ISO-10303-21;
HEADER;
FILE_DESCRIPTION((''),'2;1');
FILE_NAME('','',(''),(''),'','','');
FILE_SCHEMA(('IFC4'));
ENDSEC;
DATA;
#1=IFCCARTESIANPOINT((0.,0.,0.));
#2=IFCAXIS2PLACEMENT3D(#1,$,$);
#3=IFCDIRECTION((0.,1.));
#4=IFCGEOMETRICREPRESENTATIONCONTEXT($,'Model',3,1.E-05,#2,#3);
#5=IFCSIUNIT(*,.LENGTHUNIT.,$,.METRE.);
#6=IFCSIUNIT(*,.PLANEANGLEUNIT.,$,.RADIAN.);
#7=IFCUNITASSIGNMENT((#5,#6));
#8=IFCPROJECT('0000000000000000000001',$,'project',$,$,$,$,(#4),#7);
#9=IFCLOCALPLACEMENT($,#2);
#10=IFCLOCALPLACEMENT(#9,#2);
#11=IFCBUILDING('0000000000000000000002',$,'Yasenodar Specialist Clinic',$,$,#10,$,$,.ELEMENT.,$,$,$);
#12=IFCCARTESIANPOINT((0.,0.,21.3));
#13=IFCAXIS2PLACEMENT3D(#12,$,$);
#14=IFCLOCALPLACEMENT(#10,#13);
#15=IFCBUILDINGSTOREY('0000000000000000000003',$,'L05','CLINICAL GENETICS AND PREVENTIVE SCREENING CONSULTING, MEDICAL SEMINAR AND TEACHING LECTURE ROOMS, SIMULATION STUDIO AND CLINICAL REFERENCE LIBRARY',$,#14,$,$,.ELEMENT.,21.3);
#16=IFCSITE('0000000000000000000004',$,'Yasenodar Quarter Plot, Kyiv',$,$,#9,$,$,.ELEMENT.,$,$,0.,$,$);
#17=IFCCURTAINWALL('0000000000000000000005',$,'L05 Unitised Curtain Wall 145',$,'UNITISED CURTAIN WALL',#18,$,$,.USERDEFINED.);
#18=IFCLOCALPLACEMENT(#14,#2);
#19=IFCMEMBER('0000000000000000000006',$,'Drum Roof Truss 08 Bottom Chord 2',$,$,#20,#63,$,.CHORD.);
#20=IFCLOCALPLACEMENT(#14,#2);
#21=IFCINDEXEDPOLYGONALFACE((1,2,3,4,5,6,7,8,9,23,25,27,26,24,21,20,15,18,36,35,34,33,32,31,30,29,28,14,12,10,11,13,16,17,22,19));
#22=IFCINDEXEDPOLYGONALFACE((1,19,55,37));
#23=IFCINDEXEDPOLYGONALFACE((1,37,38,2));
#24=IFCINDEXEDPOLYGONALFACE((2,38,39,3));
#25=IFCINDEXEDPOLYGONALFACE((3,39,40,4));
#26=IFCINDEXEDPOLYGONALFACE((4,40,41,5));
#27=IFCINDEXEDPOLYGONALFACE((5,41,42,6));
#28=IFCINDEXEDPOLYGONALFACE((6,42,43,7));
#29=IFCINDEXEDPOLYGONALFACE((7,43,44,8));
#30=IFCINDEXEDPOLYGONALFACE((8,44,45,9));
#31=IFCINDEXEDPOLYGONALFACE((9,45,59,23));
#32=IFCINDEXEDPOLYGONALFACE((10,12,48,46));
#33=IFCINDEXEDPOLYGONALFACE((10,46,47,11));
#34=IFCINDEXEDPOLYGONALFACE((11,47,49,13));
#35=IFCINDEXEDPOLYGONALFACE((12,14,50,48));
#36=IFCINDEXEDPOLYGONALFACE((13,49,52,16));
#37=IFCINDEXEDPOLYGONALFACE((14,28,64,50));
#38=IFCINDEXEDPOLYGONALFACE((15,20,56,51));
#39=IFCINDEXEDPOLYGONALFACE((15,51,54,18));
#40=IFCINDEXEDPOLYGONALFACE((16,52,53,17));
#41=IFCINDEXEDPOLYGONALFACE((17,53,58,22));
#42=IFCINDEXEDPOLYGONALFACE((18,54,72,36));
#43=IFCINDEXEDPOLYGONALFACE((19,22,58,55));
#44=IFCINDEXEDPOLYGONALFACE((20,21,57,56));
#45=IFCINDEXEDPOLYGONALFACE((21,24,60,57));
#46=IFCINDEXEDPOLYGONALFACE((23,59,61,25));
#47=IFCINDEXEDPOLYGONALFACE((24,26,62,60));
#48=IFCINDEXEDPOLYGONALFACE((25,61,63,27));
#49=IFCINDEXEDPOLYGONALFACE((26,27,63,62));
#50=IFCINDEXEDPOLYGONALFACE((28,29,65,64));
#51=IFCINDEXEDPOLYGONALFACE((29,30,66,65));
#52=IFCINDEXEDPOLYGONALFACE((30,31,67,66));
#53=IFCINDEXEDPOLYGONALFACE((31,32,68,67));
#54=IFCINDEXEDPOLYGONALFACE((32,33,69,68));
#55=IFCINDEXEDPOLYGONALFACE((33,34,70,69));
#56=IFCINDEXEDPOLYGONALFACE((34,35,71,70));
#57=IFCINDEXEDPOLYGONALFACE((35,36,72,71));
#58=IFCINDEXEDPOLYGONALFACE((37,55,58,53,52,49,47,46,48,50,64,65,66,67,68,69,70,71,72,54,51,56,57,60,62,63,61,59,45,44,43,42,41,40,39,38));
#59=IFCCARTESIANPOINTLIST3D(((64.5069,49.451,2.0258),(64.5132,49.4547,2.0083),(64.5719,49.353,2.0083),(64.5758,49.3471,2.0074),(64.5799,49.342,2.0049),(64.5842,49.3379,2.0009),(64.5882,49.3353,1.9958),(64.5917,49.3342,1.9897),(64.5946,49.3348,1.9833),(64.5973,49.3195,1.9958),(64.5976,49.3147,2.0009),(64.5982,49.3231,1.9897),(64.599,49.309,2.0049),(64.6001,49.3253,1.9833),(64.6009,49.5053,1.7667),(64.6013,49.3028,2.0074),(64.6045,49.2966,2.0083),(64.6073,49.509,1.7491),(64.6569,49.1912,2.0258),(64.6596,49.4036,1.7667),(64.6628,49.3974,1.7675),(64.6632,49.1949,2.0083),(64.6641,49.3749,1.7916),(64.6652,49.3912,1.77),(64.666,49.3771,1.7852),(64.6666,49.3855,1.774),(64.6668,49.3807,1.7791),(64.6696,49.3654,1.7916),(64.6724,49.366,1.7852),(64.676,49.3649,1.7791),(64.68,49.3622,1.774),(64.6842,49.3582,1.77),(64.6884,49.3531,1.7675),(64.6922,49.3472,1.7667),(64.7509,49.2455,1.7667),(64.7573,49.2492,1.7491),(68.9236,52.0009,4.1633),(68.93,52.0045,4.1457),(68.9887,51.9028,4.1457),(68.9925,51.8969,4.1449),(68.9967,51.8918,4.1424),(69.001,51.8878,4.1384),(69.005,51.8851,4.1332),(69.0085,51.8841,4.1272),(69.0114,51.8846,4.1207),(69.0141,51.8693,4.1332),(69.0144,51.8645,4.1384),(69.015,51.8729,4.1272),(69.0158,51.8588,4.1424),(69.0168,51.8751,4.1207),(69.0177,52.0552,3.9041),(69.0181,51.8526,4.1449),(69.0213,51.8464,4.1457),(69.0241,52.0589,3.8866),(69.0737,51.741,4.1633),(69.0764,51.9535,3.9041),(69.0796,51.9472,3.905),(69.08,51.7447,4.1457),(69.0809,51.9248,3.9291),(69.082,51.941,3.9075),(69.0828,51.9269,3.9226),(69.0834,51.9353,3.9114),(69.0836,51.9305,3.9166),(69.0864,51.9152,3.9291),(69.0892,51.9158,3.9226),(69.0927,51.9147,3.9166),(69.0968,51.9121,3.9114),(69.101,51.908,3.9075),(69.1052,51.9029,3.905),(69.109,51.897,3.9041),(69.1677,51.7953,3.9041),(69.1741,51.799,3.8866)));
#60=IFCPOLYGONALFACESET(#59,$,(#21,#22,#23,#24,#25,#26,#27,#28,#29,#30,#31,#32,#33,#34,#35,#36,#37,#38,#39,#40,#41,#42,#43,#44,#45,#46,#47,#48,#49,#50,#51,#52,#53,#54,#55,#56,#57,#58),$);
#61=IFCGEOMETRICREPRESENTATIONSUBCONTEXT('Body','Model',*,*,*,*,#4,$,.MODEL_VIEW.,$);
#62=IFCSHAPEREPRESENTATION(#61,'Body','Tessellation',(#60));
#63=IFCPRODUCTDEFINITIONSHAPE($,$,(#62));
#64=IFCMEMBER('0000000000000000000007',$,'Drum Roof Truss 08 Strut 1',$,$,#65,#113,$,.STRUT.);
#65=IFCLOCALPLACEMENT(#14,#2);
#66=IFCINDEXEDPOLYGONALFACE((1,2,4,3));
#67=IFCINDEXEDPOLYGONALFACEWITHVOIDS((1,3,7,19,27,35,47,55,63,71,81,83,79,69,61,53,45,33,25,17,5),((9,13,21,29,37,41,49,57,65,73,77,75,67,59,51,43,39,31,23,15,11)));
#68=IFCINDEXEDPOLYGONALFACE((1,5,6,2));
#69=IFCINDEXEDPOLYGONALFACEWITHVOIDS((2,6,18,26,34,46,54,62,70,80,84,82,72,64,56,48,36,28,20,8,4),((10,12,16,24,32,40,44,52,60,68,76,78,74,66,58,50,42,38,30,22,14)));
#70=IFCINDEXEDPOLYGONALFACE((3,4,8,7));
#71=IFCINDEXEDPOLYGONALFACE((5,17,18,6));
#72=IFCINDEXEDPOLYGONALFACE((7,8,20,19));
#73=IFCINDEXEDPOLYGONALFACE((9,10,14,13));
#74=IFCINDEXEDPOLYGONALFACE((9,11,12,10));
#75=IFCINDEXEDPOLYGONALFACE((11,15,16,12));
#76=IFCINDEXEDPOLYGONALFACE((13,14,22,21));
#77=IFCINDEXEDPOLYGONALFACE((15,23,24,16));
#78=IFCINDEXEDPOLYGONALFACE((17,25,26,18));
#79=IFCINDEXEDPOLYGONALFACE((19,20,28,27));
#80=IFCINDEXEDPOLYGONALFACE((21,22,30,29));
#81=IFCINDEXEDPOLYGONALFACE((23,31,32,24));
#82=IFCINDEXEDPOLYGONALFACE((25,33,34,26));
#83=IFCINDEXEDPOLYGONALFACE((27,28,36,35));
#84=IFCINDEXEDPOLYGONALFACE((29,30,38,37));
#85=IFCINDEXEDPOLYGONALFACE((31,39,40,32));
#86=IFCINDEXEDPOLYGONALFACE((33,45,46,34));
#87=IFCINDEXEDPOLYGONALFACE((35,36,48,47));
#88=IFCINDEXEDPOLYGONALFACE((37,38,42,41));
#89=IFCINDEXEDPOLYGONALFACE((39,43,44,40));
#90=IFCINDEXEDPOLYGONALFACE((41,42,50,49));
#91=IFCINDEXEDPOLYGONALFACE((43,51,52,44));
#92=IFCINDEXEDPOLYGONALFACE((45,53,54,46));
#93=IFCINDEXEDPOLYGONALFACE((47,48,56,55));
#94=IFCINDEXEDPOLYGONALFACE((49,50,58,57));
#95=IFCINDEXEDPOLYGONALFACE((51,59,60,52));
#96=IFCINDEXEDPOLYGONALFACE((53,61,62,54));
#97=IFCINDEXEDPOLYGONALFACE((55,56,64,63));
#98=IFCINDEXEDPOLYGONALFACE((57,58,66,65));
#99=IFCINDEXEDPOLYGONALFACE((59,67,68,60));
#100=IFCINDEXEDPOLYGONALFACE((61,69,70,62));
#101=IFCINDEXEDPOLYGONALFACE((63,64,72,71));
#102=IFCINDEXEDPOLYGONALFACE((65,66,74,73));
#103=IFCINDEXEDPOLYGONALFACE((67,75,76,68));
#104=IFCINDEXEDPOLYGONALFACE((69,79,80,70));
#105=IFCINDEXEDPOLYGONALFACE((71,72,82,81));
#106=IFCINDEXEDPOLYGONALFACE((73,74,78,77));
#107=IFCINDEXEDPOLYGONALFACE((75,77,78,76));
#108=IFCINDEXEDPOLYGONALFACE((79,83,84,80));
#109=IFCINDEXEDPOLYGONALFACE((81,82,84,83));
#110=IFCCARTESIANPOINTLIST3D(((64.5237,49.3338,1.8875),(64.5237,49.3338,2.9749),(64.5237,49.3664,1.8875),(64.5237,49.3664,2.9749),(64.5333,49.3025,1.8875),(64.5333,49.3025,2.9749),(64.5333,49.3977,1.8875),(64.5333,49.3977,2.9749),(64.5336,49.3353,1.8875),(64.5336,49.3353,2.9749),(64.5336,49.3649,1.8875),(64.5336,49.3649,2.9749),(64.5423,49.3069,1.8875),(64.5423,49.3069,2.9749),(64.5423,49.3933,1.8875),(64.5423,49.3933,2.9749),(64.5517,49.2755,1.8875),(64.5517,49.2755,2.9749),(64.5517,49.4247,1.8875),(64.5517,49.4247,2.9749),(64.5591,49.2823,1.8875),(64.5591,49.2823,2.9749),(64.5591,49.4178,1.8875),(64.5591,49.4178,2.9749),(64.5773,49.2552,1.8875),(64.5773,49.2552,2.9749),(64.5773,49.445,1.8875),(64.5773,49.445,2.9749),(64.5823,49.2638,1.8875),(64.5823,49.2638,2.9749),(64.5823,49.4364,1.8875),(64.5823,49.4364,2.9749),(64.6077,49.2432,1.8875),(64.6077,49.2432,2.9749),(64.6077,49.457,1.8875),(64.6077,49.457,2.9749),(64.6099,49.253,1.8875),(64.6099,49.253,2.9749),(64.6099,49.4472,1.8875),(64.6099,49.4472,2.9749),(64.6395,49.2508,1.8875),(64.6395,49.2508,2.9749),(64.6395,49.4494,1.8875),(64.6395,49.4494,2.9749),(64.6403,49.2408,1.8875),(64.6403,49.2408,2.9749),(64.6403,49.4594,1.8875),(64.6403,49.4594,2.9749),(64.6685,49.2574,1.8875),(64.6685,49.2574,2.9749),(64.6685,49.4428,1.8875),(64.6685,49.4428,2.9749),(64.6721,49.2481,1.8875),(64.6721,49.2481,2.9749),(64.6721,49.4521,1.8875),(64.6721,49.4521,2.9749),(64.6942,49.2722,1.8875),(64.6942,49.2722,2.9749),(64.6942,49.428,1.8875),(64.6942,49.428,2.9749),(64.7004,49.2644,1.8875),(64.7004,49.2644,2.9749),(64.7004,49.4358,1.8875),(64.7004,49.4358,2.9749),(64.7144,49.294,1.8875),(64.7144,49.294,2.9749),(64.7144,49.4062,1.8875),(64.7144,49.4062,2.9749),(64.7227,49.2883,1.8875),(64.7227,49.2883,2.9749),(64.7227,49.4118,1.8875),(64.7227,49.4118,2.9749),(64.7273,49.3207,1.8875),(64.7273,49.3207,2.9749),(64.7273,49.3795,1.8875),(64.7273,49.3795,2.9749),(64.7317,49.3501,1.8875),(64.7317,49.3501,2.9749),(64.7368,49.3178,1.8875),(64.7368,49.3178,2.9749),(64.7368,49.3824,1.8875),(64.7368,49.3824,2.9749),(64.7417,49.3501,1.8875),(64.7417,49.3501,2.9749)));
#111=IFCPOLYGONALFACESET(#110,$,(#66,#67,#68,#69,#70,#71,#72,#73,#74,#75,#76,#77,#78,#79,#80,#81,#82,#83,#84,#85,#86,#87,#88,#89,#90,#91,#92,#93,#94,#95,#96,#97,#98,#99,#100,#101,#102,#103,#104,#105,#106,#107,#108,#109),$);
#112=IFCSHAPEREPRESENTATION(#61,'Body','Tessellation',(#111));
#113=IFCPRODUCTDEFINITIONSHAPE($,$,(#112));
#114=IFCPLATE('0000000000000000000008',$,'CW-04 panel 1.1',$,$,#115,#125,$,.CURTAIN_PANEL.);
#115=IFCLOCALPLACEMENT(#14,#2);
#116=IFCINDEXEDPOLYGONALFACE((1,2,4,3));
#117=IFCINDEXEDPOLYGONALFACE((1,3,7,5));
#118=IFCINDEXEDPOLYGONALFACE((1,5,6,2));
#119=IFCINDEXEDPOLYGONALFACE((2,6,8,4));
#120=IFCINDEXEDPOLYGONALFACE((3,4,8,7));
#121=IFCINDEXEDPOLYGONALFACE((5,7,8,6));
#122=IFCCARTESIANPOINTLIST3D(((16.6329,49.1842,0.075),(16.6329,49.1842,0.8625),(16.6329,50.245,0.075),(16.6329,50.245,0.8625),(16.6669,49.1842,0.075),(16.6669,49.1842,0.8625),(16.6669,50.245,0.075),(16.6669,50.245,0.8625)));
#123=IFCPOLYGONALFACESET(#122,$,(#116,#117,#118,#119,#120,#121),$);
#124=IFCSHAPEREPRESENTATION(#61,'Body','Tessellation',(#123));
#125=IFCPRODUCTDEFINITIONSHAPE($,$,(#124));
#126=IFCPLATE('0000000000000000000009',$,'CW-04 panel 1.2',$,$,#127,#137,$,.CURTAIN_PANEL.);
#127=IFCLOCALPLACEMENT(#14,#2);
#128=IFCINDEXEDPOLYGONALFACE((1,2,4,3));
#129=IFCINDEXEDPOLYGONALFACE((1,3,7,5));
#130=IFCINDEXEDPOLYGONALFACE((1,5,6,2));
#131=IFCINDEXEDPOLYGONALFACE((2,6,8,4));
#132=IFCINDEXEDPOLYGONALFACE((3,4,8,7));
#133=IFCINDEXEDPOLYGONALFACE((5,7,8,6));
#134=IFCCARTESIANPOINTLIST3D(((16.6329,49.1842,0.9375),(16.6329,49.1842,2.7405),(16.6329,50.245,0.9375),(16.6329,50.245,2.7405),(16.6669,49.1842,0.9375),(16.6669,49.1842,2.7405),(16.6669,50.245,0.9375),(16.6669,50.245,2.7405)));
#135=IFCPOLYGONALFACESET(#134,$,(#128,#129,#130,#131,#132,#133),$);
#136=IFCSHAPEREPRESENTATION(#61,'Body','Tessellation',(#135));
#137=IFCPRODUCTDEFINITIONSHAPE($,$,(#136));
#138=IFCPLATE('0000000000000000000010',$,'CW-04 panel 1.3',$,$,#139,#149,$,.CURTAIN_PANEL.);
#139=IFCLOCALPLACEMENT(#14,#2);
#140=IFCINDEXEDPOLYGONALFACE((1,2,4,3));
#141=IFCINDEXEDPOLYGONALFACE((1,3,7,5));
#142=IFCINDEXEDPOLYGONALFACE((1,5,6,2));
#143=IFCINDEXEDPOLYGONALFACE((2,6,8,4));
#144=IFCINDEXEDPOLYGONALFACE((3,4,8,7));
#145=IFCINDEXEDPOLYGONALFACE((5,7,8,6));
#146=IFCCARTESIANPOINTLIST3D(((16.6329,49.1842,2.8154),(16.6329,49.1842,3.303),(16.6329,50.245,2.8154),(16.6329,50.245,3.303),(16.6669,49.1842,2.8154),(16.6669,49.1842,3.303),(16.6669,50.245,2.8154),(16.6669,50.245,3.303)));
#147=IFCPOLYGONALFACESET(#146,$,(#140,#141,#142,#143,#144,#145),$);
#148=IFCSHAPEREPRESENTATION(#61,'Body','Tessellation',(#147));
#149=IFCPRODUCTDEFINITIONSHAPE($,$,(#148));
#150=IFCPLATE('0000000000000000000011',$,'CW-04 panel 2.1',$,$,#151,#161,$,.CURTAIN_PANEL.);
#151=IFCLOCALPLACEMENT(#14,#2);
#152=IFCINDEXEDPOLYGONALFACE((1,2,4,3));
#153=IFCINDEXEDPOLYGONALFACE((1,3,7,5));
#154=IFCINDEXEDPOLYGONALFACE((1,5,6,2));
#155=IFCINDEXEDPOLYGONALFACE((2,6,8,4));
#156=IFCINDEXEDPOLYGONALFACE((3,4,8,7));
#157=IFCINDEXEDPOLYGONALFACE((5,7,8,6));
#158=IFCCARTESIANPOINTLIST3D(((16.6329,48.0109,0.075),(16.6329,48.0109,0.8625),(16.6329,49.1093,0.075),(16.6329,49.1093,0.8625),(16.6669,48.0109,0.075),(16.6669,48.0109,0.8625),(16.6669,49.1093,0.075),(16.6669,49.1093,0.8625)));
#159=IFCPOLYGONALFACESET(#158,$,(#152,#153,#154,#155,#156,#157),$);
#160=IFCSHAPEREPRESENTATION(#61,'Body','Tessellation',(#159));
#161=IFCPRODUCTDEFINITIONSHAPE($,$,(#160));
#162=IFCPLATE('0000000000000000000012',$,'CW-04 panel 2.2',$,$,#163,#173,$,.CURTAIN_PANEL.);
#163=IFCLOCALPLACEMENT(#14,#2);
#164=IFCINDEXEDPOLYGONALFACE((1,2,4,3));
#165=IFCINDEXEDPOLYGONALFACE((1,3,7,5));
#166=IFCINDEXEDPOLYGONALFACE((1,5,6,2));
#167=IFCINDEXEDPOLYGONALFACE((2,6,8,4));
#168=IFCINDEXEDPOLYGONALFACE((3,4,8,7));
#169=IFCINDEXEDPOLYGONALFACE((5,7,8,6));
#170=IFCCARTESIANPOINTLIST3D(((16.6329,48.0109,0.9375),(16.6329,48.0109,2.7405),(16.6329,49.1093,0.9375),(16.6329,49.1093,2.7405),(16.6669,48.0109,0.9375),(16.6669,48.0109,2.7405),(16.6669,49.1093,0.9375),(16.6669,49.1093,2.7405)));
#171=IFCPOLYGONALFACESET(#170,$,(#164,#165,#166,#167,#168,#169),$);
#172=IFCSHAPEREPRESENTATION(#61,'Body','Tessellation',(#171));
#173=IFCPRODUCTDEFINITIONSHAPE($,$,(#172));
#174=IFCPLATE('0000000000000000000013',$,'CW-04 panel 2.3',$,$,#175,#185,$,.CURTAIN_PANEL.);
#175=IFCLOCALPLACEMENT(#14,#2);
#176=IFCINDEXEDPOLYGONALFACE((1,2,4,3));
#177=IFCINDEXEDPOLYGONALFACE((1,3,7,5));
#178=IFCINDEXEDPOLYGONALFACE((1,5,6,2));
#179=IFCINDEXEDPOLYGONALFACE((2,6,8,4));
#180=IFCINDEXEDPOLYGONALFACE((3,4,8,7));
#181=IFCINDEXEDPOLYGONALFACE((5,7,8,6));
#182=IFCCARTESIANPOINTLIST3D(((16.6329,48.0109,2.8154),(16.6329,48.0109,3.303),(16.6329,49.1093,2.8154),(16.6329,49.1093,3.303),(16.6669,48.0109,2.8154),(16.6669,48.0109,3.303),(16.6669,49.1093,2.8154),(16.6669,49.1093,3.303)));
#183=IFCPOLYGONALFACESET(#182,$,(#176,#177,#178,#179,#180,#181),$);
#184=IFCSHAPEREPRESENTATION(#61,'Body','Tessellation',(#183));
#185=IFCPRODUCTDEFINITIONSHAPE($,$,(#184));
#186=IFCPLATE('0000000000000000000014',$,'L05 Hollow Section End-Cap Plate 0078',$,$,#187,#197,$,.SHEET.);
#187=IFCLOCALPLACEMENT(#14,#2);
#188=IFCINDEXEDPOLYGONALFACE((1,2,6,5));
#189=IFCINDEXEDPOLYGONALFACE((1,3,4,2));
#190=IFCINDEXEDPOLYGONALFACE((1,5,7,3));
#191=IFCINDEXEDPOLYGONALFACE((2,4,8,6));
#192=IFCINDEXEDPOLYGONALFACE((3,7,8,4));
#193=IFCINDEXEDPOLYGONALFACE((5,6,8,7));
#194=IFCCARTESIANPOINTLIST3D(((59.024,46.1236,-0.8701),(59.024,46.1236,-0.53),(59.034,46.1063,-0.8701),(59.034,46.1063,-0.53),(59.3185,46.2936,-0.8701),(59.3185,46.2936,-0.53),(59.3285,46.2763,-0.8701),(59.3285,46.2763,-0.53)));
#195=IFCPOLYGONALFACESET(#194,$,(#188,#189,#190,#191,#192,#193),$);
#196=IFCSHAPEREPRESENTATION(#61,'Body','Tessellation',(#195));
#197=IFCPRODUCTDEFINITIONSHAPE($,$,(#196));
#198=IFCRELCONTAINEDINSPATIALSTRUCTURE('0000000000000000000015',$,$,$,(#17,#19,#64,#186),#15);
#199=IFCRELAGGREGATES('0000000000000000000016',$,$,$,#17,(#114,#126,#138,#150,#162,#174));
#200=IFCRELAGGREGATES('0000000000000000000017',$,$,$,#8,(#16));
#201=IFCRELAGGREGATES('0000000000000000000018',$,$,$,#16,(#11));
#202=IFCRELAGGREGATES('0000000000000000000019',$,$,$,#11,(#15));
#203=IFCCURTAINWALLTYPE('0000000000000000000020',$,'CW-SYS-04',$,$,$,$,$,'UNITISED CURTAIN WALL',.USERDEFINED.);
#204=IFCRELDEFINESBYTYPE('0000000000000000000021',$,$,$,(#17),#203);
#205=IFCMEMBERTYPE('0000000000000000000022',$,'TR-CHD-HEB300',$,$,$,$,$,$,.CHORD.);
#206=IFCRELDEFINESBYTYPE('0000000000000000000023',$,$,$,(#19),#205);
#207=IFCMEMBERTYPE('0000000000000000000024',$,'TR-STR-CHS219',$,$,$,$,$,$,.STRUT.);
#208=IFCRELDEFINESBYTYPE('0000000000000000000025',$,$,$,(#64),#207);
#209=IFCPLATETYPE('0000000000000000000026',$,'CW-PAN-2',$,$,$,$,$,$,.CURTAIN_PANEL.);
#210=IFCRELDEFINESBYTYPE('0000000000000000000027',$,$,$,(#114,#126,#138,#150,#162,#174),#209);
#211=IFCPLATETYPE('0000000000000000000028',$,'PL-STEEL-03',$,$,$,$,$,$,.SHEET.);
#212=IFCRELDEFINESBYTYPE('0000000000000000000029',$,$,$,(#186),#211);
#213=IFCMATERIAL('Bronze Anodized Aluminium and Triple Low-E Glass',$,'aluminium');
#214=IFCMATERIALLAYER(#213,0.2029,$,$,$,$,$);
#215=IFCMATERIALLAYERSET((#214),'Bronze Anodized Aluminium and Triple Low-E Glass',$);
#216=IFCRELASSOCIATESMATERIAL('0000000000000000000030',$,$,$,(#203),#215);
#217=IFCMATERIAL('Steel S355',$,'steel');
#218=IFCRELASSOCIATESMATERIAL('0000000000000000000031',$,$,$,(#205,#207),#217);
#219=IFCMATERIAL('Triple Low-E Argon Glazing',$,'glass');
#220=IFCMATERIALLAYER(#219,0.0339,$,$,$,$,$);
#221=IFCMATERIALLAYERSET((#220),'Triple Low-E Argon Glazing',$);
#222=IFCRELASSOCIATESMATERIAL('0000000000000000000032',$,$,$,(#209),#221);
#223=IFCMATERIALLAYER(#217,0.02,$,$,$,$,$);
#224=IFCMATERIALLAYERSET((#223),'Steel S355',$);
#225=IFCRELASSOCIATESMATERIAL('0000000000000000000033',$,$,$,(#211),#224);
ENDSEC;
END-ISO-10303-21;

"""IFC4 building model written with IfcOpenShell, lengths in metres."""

from ifc_helpers import new_model, si_unit, direction, frame, origin, origin_2d, place, context, subcontext, project, spatial, rectangle, hollow_circle, i_section, extrude, material, layer, layer_set, material_profile, profile_set, type_object, element, aggregate, save


model = new_model("IFC4")

# Units and contexts
model_context = context("Model", 3, precision=1e-05, world=origin(), true_north=direction((0.0, 1.0)))
body_context = subcontext(model_context, "Body", "Model", "MODEL_VIEW")
ifc_project = project(units=[si_unit("LENGTHUNIT", "METRE"), si_unit("PLANEANGLEUNIT", "RADIAN")], contexts=[model_context])

# Site, building, storey
site_placement = place(None, origin())
site = spatial("IfcSite", under=ifc_project, at=site_placement, Name="Yasenodar Quarter Plot, Kyiv", CompositionType="ELEMENT", RefElevation=0.0)
building_placement = place(site_placement, origin())
building = spatial("IfcBuilding", under=site, at=building_placement, Name="Yasenodar Specialist Clinic", CompositionType="ELEMENT")
storey_placement = place(building_placement, frame((0.0, 0.0, 21.3)))
storey = spatial("IfcBuildingStorey", under=building, at=storey_placement, Name="L05", Description="CLINICAL GENETICS AND PREVENTIVE SCREENING CONSULTING, MEDICAL SEMINAR AND TEACHING LECTURE ROOMS, SIMULATION STUDIO AND CLINICAL REFERENCE LIBRARY", CompositionType="ELEMENT", Elevation=21.3)

# Shared definitions
ifc_material_1 = material(Name="Steel S355", Category="steel")

# Curtain wall
ifc_material_2 = material(Name="Bronze Anodized Aluminium and Triple Low-E Glass", Category="aluminium")
ifc_layer_1 = layer(ifc_material_2, 0.2029)
ifc_layer_set_1 = layer_set([ifc_layer_1], Name="Bronze Anodized Aluminium and Triple Low-E Glass")
curtain_wall_type = type_object("IfcCurtainWallType", Name="CW-SYS-04", ElementType="UNITISED CURTAIN WALL", PredefinedType="USERDEFINED", material=ifc_layer_set_1)
curtain_wall_placement = place(storey_placement, origin())
curtain_wall = element("IfcCurtainWall", 1, at=curtain_wall_placement, inside=storey, type_object=curtain_wall_type, Name="L05 Unitised Curtain Wall 145", ObjectType="UNITISED CURTAIN WALL", PredefinedType="USERDEFINED")

# Members
ifc_material_profile_1 = material_profile(ifc_material_1, i_section(OverallWidth=0.3, OverallDepth=0.3, WebThickness=0.011, FlangeThickness=0.019, FilletRadius=0.0271, at=origin_2d()), Name="HEB 300")
ifc_profile_set_1 = profile_set([ifc_material_profile_1], Name="Steel S355")
member_type_1 = type_object("IfcMemberType", Name="TR-CHD-HEB300", PredefinedType="CHORD", material=ifc_profile_set_1)
for number, where, z_axis, x_axis, name in (
    (2, (64.6321, 49.3501, 1.8875), (0.798728, 0.461109, 0.386538), (-0.49997, 0.866043, 0.0), "Drum Roof Truss 08 Bottom Chord 2"),
):
    element("IfcMember", number, at=place(storey_placement, frame(where, z_axis=z_axis, x_axis=x_axis)), inside=storey, type_object=member_type_1, Name=name, PredefinedType="CHORD", context=body_context, shape_type="SweptSolid", body=[
        extrude(i_section(OverallWidth=0.3, OverallDepth=0.3, WebThickness=0.011, FlangeThickness=0.019, FilletRadius=0.0271, at=origin_2d()), origin(), (0.0, 0.0, 1.0), 5.5298),
    ])
ifc_material_profile_2 = material_profile(ifc_material_1, hollow_circle(Radius=0.1096, WallThickness=0.01, at=origin_2d()), Name="CHS 219.1x10")
ifc_profile_set_2 = profile_set([ifc_material_profile_2], Name="Steel S355")
member_type_2 = type_object("IfcMemberType", Name="TR-STR-CHS219", PredefinedType="STRUT", material=ifc_profile_set_2)
member_1_placement = place(storey_placement, frame((64.6321, 49.3501, 1.8875), z_axis=(0.0, 0.0, 1.0), x_axis=(1.0, 0.0, 0.0)))
element("IfcMember", 3, at=member_1_placement, inside=storey, type_object=member_type_2, Name="Drum Roof Truss 08 Strut 1", PredefinedType="STRUT", context=body_context, shape_type="SweptSolid", body=[
    extrude(hollow_circle(Radius=0.1096, WallThickness=0.01, at=origin_2d()), origin(), (0.0, 0.0, 1.0), 1.0874),
])

# Plates
ifc_material_3 = material(Name="Triple Low-E Argon Glazing", Category="glass")
ifc_layer_2 = layer(ifc_material_3, 0.0339)
ifc_layer_set_2 = layer_set([ifc_layer_2], Name="Triple Low-E Argon Glazing")
plate_type_1 = type_object("IfcPlateType", Name="CW-PAN-2", PredefinedType="CURTAIN_PANEL", material=ifc_layer_set_2)
plate_1_placement = place(storey_placement, frame((16.6499, 49.7146, 0.075), z_axis=(0.0, 0.0, 1.0), x_axis=(0.0, -1.0, 0.0)))
plate_1 = element("IfcPlate", 4, at=plate_1_placement, type_object=plate_type_1, Name="CW-04 panel 1.1", PredefinedType="CURTAIN_PANEL", context=body_context, shape_type="SweptSolid", body=[
    extrude(rectangle(XDim=1.0608, YDim=0.0339, at=origin_2d()), origin(), (0.0, 0.0, 1.0), 0.7876),
])
plate_2_placement = place(storey_placement, frame((16.6499, 49.7146, 0.9375), z_axis=(0.0, 0.0, 1.0), x_axis=(0.0, -1.0, 0.0)))
plate_2 = element("IfcPlate", 5, at=plate_2_placement, type_object=plate_type_1, Name="CW-04 panel 1.2", PredefinedType="CURTAIN_PANEL", context=body_context, shape_type="SweptSolid", body=[
    extrude(rectangle(XDim=1.0608, YDim=0.0339, at=origin_2d()), origin(), (0.0, 0.0, 1.0), 1.803),
])
plate_3_placement = place(storey_placement, frame((16.6499, 49.7146, 2.8154), z_axis=(0.0, 0.0, 1.0), x_axis=(0.0, -1.0, 0.0)))
plate_3 = element("IfcPlate", 6, at=plate_3_placement, type_object=plate_type_1, Name="CW-04 panel 1.3", PredefinedType="CURTAIN_PANEL", context=body_context, shape_type="SweptSolid", body=[
    extrude(rectangle(XDim=1.0608, YDim=0.0339, at=origin_2d()), origin(), (0.0, 0.0, 1.0), 0.4875),
])
plate_4_placement = place(storey_placement, frame((16.6499, 48.5601, 0.075), z_axis=(0.0, 0.0, 1.0), x_axis=(0.0, -1.0, 0.0)))
plate_4 = element("IfcPlate", 7, at=plate_4_placement, type_object=plate_type_1, Name="CW-04 panel 2.1", PredefinedType="CURTAIN_PANEL", context=body_context, shape_type="SweptSolid", body=[
    extrude(rectangle(XDim=1.0984, YDim=0.0339, at=origin_2d()), origin(), (0.0, 0.0, 1.0), 0.7876),
])
plate_5_placement = place(storey_placement, frame((16.6499, 48.5601, 0.9375), z_axis=(0.0, 0.0, 1.0), x_axis=(0.0, -1.0, 0.0)))
plate_5 = element("IfcPlate", 8, at=plate_5_placement, type_object=plate_type_1, Name="CW-04 panel 2.2", PredefinedType="CURTAIN_PANEL", context=body_context, shape_type="SweptSolid", body=[
    extrude(rectangle(XDim=1.0984, YDim=0.0339, at=origin_2d()), origin(), (0.0, 0.0, 1.0), 1.803),
])
plate_6_placement = place(storey_placement, frame((16.6499, 48.5601, 2.8154), z_axis=(0.0, 0.0, 1.0), x_axis=(0.0, -1.0, 0.0)))
plate_6 = element("IfcPlate", 9, at=plate_6_placement, type_object=plate_type_1, Name="CW-04 panel 2.3", PredefinedType="CURTAIN_PANEL", context=body_context, shape_type="SweptSolid", body=[
    extrude(rectangle(XDim=1.0984, YDim=0.0339, at=origin_2d()), origin(), (0.0, 0.0, 1.0), 0.4875),
])
aggregate(curtain_wall, [plate_1, plate_2, plate_3, plate_4, plate_5, plate_6])

# Plate
ifc_layer_3 = layer(ifc_material_1, 0.02)
ifc_layer_set_3 = layer_set([ifc_layer_3], Name="Steel S355")
plate_type_2 = type_object("IfcPlateType", Name="PL-STEEL-03", PredefinedType="SHEET", material=ifc_layer_set_3)
plate_7_placement = place(storey_placement, frame((59.1763, 46.2, -0.8701), z_axis=(0.0, 0.0, 1.0), x_axis=(-0.866025, -0.5, 0.0)))
element("IfcPlate", 10, at=plate_7_placement, inside=storey, type_object=plate_type_2, Name="L05 Hollow Section End-Cap Plate 0078", PredefinedType="SHEET", context=body_context, shape_type="SweptSolid", body=[
    extrude(rectangle(XDim=0.3401, YDim=0.02, at=origin_2d()), origin(), (0.0, 0.0, 1.0), 0.3401),
])

save(model, "model.ifc")
